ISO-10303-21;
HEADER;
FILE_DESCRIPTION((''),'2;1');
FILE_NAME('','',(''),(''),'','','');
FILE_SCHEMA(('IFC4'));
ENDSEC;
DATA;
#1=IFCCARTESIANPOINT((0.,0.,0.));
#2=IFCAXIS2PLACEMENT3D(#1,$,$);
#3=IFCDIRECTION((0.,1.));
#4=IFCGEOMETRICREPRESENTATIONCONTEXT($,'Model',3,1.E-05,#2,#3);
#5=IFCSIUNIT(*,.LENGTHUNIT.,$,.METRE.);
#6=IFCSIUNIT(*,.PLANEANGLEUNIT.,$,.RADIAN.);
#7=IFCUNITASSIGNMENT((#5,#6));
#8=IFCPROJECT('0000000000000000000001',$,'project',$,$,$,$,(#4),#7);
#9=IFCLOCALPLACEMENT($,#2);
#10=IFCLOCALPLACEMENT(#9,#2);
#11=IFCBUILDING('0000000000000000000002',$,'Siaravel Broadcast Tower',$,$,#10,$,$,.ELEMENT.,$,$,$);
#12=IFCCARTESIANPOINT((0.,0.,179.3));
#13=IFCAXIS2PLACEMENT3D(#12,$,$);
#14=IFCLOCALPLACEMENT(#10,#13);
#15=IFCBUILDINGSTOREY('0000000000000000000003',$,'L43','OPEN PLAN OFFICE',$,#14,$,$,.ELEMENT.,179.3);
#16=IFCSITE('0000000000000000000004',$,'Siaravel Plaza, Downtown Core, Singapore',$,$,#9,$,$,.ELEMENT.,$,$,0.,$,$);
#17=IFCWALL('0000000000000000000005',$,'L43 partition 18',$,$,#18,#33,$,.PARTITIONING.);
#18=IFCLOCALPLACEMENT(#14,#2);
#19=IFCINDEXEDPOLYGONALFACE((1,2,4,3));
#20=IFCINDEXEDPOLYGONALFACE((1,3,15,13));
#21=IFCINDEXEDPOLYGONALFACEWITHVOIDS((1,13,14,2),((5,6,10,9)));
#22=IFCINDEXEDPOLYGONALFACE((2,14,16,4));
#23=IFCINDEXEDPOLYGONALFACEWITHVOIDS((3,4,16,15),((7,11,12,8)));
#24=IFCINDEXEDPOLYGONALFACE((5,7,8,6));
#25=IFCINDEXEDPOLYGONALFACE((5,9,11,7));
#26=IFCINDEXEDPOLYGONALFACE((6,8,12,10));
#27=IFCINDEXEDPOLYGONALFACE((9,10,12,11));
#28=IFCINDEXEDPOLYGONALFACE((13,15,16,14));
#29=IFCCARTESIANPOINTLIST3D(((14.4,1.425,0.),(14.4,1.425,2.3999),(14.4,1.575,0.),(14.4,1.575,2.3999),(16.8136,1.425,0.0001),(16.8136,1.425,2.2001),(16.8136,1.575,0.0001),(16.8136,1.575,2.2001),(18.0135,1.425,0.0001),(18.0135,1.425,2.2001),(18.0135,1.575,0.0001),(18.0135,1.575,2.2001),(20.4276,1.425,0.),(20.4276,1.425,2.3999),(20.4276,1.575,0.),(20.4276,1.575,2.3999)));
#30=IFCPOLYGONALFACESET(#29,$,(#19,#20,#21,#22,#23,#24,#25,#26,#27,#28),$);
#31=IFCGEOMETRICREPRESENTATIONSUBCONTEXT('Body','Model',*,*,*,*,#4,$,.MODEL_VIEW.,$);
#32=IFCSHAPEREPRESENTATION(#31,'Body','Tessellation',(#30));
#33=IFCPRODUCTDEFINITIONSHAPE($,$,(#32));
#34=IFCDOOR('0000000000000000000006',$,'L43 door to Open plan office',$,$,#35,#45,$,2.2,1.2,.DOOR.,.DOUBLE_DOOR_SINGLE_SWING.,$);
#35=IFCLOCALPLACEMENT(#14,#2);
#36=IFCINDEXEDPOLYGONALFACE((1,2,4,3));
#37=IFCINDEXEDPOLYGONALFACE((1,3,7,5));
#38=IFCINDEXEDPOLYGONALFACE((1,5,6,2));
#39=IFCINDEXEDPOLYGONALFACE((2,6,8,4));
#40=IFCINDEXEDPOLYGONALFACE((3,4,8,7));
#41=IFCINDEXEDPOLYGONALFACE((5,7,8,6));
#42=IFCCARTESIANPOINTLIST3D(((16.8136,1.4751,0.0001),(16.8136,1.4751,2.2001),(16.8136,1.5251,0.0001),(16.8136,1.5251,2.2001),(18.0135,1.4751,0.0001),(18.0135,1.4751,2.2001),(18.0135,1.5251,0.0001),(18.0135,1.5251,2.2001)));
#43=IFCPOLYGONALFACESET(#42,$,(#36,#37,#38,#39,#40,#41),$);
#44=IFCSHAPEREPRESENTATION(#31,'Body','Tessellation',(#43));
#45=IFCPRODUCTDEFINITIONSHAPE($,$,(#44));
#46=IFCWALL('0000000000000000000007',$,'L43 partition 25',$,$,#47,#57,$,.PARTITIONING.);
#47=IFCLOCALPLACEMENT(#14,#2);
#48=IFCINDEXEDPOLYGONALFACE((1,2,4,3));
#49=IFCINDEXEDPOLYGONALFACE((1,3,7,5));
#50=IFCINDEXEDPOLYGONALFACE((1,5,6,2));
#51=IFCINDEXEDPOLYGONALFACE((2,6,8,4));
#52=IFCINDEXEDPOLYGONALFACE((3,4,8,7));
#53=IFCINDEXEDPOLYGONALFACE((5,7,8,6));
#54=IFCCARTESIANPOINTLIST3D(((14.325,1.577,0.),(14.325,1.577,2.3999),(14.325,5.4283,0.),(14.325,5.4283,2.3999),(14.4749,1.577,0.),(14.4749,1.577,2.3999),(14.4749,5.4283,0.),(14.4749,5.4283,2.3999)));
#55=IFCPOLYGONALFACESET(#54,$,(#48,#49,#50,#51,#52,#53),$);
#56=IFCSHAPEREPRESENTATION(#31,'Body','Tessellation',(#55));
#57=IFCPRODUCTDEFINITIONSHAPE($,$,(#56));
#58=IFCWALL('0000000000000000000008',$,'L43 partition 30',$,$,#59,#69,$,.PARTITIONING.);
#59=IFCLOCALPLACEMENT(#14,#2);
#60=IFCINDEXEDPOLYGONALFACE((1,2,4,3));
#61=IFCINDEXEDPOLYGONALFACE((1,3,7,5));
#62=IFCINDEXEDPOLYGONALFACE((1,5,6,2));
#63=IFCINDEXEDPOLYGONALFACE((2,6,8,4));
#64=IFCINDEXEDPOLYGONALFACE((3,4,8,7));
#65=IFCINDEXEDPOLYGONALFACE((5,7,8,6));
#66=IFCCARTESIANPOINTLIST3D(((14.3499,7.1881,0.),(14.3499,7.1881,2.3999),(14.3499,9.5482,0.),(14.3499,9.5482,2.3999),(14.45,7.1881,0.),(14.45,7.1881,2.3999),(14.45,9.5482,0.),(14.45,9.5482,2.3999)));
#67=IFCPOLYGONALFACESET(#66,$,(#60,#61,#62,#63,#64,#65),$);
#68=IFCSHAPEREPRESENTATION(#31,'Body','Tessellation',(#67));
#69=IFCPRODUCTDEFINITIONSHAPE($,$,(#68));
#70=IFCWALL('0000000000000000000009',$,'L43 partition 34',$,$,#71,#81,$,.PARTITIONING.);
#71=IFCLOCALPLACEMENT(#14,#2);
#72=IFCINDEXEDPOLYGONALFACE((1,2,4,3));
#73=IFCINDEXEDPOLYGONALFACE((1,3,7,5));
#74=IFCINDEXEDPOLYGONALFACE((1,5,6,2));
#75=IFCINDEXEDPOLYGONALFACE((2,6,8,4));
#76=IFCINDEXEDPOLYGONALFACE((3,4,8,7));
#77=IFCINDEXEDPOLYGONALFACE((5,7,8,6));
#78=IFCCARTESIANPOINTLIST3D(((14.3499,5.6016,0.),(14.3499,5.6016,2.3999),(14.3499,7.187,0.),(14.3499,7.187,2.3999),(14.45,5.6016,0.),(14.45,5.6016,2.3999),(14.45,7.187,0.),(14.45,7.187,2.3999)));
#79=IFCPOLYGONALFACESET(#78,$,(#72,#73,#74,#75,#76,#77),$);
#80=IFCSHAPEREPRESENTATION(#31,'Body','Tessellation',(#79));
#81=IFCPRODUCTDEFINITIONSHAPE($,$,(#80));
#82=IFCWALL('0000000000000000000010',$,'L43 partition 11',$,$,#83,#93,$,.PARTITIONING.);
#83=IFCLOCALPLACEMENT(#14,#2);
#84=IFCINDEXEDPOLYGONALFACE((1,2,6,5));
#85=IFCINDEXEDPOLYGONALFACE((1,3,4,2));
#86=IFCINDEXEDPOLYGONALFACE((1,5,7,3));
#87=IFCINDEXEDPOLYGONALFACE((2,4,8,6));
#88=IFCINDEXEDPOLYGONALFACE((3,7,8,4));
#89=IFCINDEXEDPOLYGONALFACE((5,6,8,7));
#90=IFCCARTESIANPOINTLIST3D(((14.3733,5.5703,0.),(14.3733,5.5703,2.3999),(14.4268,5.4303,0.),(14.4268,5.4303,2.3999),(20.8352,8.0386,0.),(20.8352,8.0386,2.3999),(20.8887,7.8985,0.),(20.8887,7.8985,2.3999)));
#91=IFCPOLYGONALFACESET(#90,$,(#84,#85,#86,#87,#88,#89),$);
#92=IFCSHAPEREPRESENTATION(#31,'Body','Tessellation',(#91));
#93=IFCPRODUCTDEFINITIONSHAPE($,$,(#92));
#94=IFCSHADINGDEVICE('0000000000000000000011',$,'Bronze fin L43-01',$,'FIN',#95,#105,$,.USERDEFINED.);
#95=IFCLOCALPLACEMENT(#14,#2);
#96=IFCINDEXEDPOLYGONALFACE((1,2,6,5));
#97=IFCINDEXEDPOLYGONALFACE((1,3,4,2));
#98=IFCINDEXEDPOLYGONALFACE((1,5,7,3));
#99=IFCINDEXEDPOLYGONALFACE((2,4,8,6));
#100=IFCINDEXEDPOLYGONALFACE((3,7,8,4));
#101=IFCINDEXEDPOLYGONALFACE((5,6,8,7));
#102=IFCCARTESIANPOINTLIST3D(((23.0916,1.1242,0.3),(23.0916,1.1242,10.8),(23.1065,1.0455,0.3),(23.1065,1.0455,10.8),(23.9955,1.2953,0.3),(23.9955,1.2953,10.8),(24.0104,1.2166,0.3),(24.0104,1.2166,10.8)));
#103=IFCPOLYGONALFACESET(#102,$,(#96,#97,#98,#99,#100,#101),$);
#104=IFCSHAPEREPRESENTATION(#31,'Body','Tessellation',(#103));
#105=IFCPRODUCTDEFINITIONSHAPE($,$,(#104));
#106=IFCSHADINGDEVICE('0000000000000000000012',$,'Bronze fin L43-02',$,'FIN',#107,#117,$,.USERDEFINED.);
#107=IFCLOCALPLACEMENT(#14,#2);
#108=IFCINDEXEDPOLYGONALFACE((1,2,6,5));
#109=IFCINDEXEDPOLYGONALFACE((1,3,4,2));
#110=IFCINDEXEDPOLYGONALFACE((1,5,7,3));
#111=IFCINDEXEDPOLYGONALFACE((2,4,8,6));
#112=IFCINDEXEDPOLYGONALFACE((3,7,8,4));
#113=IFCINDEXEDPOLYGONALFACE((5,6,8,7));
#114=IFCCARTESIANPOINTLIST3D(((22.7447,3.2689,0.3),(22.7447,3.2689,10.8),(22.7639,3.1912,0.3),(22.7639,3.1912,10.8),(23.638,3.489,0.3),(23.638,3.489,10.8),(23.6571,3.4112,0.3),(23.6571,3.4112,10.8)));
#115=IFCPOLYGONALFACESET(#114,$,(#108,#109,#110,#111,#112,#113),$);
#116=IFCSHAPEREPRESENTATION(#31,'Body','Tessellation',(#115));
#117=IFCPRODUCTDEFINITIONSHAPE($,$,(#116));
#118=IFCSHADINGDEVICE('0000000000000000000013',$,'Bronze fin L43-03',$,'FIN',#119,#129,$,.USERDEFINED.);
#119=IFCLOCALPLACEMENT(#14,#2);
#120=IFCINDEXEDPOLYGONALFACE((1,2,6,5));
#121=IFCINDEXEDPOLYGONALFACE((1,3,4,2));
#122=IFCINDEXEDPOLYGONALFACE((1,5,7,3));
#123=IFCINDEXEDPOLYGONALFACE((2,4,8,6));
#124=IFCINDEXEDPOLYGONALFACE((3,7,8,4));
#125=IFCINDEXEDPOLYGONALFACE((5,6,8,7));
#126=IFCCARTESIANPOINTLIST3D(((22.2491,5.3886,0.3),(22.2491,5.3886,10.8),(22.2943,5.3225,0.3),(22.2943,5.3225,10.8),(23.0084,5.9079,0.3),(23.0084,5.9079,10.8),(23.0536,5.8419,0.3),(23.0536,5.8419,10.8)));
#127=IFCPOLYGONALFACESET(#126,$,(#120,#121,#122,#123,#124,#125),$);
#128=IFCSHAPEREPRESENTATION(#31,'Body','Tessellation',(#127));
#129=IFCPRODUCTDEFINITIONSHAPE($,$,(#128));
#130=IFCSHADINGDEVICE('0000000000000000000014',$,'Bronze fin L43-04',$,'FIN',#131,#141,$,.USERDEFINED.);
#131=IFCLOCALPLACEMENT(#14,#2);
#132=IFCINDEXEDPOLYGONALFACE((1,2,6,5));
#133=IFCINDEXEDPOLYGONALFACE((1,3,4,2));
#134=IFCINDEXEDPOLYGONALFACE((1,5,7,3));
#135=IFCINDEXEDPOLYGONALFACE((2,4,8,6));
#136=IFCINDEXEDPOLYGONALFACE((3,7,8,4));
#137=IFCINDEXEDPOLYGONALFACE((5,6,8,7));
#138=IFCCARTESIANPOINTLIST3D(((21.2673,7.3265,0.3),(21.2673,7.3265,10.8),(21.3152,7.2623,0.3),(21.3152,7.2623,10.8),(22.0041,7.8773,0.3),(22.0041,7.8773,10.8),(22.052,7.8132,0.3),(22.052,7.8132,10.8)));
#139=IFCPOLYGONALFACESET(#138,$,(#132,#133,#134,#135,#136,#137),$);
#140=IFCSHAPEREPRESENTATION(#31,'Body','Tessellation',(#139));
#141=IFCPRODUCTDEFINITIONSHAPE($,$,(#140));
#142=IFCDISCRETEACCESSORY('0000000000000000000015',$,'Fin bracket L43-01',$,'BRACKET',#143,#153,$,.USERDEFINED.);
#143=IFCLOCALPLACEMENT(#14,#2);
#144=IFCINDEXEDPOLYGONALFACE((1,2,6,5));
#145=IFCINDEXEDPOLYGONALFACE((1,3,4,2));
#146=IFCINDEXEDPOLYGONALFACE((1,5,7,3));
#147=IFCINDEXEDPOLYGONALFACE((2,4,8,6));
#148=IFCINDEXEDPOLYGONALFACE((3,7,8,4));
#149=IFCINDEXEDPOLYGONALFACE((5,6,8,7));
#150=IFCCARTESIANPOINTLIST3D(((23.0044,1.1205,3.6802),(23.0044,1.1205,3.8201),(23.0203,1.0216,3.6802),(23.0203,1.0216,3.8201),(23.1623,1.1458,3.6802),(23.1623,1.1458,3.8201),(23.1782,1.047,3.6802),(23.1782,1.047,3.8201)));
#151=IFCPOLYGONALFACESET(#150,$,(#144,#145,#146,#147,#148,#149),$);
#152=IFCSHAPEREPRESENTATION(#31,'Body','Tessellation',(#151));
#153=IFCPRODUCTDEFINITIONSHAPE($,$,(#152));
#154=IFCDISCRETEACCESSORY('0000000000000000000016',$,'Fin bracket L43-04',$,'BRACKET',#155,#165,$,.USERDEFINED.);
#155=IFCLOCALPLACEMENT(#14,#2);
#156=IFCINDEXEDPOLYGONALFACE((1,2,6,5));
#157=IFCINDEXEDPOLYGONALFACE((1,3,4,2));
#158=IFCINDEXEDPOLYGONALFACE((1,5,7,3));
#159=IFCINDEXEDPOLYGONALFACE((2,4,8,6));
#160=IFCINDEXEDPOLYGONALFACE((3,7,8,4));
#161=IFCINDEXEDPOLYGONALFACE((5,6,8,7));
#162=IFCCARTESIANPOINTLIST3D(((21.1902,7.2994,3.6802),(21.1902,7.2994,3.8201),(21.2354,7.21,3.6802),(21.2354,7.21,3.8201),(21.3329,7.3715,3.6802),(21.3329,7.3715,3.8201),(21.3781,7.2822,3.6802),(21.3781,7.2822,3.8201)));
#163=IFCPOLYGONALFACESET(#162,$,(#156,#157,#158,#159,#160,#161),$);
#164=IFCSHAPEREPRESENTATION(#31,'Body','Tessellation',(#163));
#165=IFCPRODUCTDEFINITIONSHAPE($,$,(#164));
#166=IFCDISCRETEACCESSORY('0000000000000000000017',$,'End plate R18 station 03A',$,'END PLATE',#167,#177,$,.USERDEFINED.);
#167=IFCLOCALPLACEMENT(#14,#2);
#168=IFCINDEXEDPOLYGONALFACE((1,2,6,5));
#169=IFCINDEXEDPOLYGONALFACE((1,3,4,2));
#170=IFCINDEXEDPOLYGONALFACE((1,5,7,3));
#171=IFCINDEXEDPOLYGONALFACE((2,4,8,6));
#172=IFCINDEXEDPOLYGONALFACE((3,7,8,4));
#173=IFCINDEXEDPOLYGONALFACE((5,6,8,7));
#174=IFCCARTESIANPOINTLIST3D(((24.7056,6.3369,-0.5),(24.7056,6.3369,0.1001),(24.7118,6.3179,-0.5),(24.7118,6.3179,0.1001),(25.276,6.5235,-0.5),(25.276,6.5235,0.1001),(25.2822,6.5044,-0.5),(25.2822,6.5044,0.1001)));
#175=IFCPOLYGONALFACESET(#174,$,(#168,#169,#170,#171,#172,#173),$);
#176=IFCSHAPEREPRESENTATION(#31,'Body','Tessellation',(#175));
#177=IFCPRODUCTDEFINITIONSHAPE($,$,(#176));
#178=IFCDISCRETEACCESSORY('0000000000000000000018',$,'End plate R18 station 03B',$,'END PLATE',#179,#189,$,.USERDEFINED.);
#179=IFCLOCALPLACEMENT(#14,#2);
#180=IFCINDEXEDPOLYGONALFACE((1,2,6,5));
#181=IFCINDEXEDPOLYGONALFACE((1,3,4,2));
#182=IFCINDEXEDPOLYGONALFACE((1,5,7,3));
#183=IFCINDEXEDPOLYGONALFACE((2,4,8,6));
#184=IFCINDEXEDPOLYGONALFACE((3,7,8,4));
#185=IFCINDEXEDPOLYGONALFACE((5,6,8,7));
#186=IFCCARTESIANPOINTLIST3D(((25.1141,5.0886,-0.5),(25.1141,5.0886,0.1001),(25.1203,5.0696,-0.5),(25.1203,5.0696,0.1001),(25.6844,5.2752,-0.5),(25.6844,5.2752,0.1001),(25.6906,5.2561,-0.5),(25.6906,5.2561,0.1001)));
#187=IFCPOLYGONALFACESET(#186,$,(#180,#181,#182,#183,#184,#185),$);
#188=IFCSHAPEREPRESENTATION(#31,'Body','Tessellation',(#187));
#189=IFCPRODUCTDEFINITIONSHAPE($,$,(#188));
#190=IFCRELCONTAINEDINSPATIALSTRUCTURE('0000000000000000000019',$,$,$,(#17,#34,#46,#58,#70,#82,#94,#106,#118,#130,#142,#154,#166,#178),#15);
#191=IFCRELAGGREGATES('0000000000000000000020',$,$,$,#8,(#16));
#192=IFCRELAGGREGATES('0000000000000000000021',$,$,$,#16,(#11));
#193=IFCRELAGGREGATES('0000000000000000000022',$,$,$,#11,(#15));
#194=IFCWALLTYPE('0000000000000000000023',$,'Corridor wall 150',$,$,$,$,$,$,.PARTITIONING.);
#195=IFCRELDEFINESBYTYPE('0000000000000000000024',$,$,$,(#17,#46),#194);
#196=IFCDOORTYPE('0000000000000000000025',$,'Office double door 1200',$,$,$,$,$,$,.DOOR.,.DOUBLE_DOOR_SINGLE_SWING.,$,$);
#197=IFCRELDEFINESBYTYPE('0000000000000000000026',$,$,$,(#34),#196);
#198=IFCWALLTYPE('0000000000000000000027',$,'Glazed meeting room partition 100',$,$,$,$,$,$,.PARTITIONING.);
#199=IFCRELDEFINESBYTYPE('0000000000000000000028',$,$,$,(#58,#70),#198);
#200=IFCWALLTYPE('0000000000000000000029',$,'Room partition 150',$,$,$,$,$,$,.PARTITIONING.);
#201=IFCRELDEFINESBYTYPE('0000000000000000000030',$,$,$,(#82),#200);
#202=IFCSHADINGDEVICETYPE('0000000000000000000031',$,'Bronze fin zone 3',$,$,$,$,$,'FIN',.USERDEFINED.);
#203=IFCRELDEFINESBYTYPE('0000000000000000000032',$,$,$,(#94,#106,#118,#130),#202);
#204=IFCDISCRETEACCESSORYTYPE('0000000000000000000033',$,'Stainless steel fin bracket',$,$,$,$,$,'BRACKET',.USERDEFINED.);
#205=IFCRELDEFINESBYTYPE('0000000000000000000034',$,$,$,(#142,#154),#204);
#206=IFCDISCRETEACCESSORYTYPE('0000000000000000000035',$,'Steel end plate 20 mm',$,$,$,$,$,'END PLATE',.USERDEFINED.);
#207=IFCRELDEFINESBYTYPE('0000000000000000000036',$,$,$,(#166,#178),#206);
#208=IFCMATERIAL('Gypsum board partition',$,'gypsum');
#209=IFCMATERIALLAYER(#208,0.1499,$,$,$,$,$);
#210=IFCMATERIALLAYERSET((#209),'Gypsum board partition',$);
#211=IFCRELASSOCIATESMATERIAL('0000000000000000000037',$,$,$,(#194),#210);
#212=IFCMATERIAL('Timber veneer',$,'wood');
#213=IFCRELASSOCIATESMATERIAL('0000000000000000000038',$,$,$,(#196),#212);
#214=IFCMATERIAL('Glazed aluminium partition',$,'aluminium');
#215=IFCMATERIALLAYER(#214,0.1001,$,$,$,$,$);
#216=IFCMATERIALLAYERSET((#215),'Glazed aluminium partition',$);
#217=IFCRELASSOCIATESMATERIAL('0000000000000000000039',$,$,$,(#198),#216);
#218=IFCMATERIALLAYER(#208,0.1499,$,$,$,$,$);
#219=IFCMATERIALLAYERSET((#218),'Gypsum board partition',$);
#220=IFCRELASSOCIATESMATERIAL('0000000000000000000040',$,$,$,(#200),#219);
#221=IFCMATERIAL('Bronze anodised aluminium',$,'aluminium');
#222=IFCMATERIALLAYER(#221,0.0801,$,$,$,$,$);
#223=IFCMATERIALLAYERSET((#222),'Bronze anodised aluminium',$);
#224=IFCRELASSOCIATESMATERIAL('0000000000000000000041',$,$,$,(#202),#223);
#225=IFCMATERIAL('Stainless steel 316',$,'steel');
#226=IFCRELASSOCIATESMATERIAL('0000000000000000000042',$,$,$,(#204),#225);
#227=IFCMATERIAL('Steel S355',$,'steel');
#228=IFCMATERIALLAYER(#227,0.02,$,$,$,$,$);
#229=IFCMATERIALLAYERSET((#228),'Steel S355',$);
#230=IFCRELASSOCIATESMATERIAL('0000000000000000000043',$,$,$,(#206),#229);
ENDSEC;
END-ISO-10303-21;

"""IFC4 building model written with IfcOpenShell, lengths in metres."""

from ifc_helpers import new_model, si_unit, direction, frame, frame_2d, origin, origin_2d, place, context, subcontext, project, spatial, rectangle, extrude, material, layer, layer_set, type_object, element, fill, save


model = new_model("IFC4")

# Units and contexts
model_context = context("Model", 3, precision=1e-05, world=origin(), true_north=direction((0.0, 1.0)))
body_context = subcontext(model_context, "Body", "Model", "MODEL_VIEW")
ifc_project = project(units=[si_unit("LENGTHUNIT", "METRE"), si_unit("PLANEANGLEUNIT", "RADIAN")], contexts=[model_context])

# Site, building, storey
site_placement = place(None, origin())
site = spatial("IfcSite", under=ifc_project, at=site_placement, Name="Siaravel Plaza, Downtown Core, Singapore", CompositionType="ELEMENT", RefElevation=0.0)
building_placement = place(site_placement, origin())
building = spatial("IfcBuilding", under=site, at=building_placement, Name="Siaravel Broadcast Tower", CompositionType="ELEMENT")
storey_placement = place(building_placement, frame((0.0, 0.0, 179.3)))
storey = spatial("IfcBuildingStorey", under=building, at=storey_placement, Name="L43", Description="OPEN PLAN OFFICE", CompositionType="ELEMENT", Elevation=179.3)

# Shared definitions
ifc_material_1 = material(Name="Steel S355", Category="steel")

# Wall, opening, door
ifc_material_2 = material(Name="Gypsum board partition", Category="gypsum")
ifc_layer_1 = layer(ifc_material_2, 0.1499)
ifc_layer_set_1 = layer_set([ifc_layer_1], Name="Gypsum board partition")
wall_type_1 = type_object("IfcWallType", Name="Corridor wall 150", PredefinedType="PARTITIONING", material=ifc_layer_set_1)
wall_1_placement = place(storey_placement, frame((20.4275, 1.5, 0.0), z_axis=(0.0, 0.0, 1.0), x_axis=(-1.0, 0.0, 0.0)))
wall_1 = element("IfcWall", 1, at=wall_1_placement, inside=storey, type_object=wall_type_1, Name="L43 partition 18", PredefinedType="PARTITIONING", context=body_context, shape_type="SweptSolid", body=[
    extrude(rectangle(XDim=6.0276, YDim=0.1499, at=frame_2d((3.0137, 0.0))), origin(), (0.0, 0.0, 1.0), 2.3999),
])
opening_placement = place(wall_1_placement, frame((2.4138, 0.0, 0.0)))
opening = element("IfcOpeningElement", 2, at=opening_placement, cuts=wall_1, PredefinedType="OPENING", context=body_context, shape_type="SweptSolid", body=[
    extrude(rectangle(XDim=1.2, YDim=2.2, at=frame_2d((0.6001, 1.1001))), frame((0.0, 0.085, 0.0), z_axis=(0.0, -1.0, 0.0), x_axis=(1.0, 0.0, 0.0)), (0.0, 0.0, 1.0), 0.1699),
])
ifc_material_3 = material(Name="Timber veneer", Category="wood")
door_type = type_object("IfcDoorType", Name="Office double door 1200", OperationType="DOUBLE_DOOR_SINGLE_SWING", PredefinedType="DOOR", material=ifc_material_3)
door_placement = place(opening_placement, origin())
door = element("IfcDoor", 3, at=door_placement, inside=storey, type_object=door_type, Name="L43 door to Open plan office", OperationType="DOUBLE_DOOR_SINGLE_SWING", OverallHeight=2.2, OverallWidth=1.2, PredefinedType="DOOR", context=body_context, shape_type="SweptSolid", body=[
    extrude(rectangle(XDim=1.2, YDim=2.2, at=frame_2d((0.6001, 1.1001))), frame((0.0, 0.0249, 0.0), z_axis=(0.0, -1.0, 0.0), x_axis=(1.0, 0.0, 0.0)), (0.0, 0.0, 1.0), 0.05),
])
fill(opening, door)

# Walls
wall_2_placement = place(storey_placement, frame((14.3999, 1.5769, 0.0), z_axis=(0.0, 0.0, 1.0), x_axis=(0.0, 1.0, 0.0)))
element("IfcWall", 4, at=wall_2_placement, inside=storey, type_object=wall_type_1, Name="L43 partition 25", PredefinedType="PARTITIONING", context=body_context, shape_type="SweptSolid", body=[
    extrude(rectangle(XDim=3.8513, YDim=0.1499, at=frame_2d((1.9258, 0.0))), origin(), (0.0, 0.0, 1.0), 2.3999),
])
ifc_material_4 = material(Name="Glazed aluminium partition", Category="aluminium")
ifc_layer_2 = layer(ifc_material_4, 0.1001)
ifc_layer_set_2 = layer_set([ifc_layer_2], Name="Glazed aluminium partition")
wall_type_2 = type_object("IfcWallType", Name="Glazed meeting room partition 100", PredefinedType="PARTITIONING", material=ifc_layer_set_2)
wall_3_placement = place(storey_placement, frame((14.3999, 7.188, 0.0), z_axis=(0.0, 0.0, 1.0), x_axis=(0.0, 1.0, 0.0)))
element("IfcWall", 5, at=wall_3_placement, inside=storey, type_object=wall_type_2, Name="L43 partition 30", PredefinedType="PARTITIONING", context=body_context, shape_type="SweptSolid", body=[
    extrude(rectangle(XDim=2.3601, YDim=0.1001, at=frame_2d((1.1802, 0.0))), origin(), (0.0, 0.0, 1.0), 2.3999),
])
wall_4_placement = place(storey_placement, frame((14.3999, 5.6016, 0.0), z_axis=(0.0, 0.0, 1.0), x_axis=(0.0, 1.0, 0.0)))
element("IfcWall", 6, at=wall_4_placement, inside=storey, type_object=wall_type_2, Name="L43 partition 34", PredefinedType="PARTITIONING", context=body_context, shape_type="SweptSolid", body=[
    extrude(rectangle(XDim=1.5854, YDim=0.1001, at=frame_2d((0.7927, 0.0))), origin(), (0.0, 0.0, 1.0), 2.3999),
])
ifc_layer_3 = layer(ifc_material_2, 0.1499)
ifc_layer_set_3 = layer_set([ifc_layer_3], Name="Gypsum board partition")
wall_type_3 = type_object("IfcWallType", Name="Room partition 150", PredefinedType="PARTITIONING", material=ifc_layer_set_3)
wall_5_placement = place(storey_placement, frame((20.8618, 7.9685, 0.0), z_axis=(0.0, 0.0, 1.0), x_axis=(-0.934171, -0.356826, 0.0)))
element("IfcWall", 7, at=wall_5_placement, inside=storey, type_object=wall_type_3, Name="L43 partition 11", PredefinedType="PARTITIONING", context=body_context, shape_type="SweptSolid", body=[
    extrude(rectangle(XDim=6.9172, YDim=0.1499, at=frame_2d((3.4585, 0.0))), origin(), (0.0, 0.0, 1.0), 2.3999),
])

# Shading devices
ifc_material_5 = material(Name="Bronze anodised aluminium", Category="aluminium")
ifc_layer_4 = layer(ifc_material_5, 0.0801)
ifc_layer_set_4 = layer_set([ifc_layer_4], Name="Bronze anodised aluminium")
shading_device_type = type_object("IfcShadingDeviceType", Name="Bronze fin zone 3", ElementType="FIN", PredefinedType="USERDEFINED", material=ifc_layer_set_4)
for number, where, z_axis, x_axis, name in (
    (8, (23.551, 1.1704, 0.3), (0.0, 0.0, 1.0), (0.982554, 0.185975, 0.0), "Bronze fin L43-01"),
    (9, (23.2009, 3.3401, 0.3), (0.0, 0.0, 1.0), (0.97097, 0.239203, 0.0), "Bronze fin L43-02"),
    (10, (22.6514, 5.6152, 0.3), (0.0, 0.0, 1.0), (0.825405, 0.564541, 0.0), "Bronze fin L43-03"),
    (11, (21.6597, 7.5698, 0.3), (0.0, 0.0, 1.0), (0.800927, 0.598762, 0.0), "Bronze fin L43-04"),
):
    element("IfcShadingDevice", number, at=place(storey_placement, frame(where, z_axis=z_axis, x_axis=x_axis)), inside=storey, type_object=shading_device_type, Name=name, ObjectType="FIN", PredefinedType="USERDEFINED", context=body_context, shape_type="SweptSolid", body=[
        extrude(rectangle(XDim=0.9199, YDim=0.0801, at=origin_2d()), origin(), (0.0, 0.0, 1.0), 10.5),
    ])

# Discrete accessories
ifc_material_6 = material(Name="Stainless steel 316", Category="steel")
discrete_accessory_type_1 = type_object("IfcDiscreteAccessoryType", Name="Stainless steel fin bracket", ElementType="BRACKET", PredefinedType="USERDEFINED", material=ifc_material_6)
for number, where, z_axis, x_axis, name in (
    (12, (23.0913, 1.0837, 3.6802), (0.0, 0.0, 1.0), (0.987329, 0.158685, 0.0), "Fin bracket L43-01"),
    (13, (21.2842, 7.2908, 3.6802), (0.0, 0.0, 1.0), (0.892392, 0.451261, 0.0), "Fin bracket L43-04"),
):
    element("IfcDiscreteAccessory", number, at=place(storey_placement, frame(where, z_axis=z_axis, x_axis=x_axis)), inside=storey, type_object=discrete_accessory_type_1, Name=name, ObjectType="BRACKET", PredefinedType="USERDEFINED", context=body_context, shape_type="SweptSolid", body=[
        extrude(rectangle(XDim=0.1599, YDim=0.1001, at=origin_2d()), origin(), (0.0, 0.0, 1.0), 0.1399),
    ])
ifc_layer_5 = layer(ifc_material_1, 0.02)
ifc_layer_set_5 = layer_set([ifc_layer_5], Name="Steel S355")
discrete_accessory_type_2 = type_object("IfcDiscreteAccessoryType", Name="Steel end plate 20 mm", ElementType="END PLATE", PredefinedType="USERDEFINED", material=ifc_layer_set_5)
for number, where, z_axis, x_axis, name in (
    (14, (24.9939, 6.4207, -0.5), (0.0, 0.0, 1.0), (-0.31091, 0.950439, 0.0), "End plate R18 station 03A"),
    (15, (25.4023, 5.1724, -0.5), (0.0, 0.0, 1.0), (-0.31091, 0.950439, 0.0), "End plate R18 station 03B"),
):
    element("IfcDiscreteAccessory", number, at=place(storey_placement, frame(where, z_axis=z_axis, x_axis=x_axis)), inside=storey, type_object=discrete_accessory_type_2, Name=name, ObjectType="END PLATE", PredefinedType="USERDEFINED", context=body_context, shape_type="SweptSolid", body=[
        extrude(rectangle(XDim=0.02, YDim=0.6001, at=origin_2d()), origin(), (0.0, 0.0, 1.0), 0.6001),
    ])

save(model, "model.ifc")
